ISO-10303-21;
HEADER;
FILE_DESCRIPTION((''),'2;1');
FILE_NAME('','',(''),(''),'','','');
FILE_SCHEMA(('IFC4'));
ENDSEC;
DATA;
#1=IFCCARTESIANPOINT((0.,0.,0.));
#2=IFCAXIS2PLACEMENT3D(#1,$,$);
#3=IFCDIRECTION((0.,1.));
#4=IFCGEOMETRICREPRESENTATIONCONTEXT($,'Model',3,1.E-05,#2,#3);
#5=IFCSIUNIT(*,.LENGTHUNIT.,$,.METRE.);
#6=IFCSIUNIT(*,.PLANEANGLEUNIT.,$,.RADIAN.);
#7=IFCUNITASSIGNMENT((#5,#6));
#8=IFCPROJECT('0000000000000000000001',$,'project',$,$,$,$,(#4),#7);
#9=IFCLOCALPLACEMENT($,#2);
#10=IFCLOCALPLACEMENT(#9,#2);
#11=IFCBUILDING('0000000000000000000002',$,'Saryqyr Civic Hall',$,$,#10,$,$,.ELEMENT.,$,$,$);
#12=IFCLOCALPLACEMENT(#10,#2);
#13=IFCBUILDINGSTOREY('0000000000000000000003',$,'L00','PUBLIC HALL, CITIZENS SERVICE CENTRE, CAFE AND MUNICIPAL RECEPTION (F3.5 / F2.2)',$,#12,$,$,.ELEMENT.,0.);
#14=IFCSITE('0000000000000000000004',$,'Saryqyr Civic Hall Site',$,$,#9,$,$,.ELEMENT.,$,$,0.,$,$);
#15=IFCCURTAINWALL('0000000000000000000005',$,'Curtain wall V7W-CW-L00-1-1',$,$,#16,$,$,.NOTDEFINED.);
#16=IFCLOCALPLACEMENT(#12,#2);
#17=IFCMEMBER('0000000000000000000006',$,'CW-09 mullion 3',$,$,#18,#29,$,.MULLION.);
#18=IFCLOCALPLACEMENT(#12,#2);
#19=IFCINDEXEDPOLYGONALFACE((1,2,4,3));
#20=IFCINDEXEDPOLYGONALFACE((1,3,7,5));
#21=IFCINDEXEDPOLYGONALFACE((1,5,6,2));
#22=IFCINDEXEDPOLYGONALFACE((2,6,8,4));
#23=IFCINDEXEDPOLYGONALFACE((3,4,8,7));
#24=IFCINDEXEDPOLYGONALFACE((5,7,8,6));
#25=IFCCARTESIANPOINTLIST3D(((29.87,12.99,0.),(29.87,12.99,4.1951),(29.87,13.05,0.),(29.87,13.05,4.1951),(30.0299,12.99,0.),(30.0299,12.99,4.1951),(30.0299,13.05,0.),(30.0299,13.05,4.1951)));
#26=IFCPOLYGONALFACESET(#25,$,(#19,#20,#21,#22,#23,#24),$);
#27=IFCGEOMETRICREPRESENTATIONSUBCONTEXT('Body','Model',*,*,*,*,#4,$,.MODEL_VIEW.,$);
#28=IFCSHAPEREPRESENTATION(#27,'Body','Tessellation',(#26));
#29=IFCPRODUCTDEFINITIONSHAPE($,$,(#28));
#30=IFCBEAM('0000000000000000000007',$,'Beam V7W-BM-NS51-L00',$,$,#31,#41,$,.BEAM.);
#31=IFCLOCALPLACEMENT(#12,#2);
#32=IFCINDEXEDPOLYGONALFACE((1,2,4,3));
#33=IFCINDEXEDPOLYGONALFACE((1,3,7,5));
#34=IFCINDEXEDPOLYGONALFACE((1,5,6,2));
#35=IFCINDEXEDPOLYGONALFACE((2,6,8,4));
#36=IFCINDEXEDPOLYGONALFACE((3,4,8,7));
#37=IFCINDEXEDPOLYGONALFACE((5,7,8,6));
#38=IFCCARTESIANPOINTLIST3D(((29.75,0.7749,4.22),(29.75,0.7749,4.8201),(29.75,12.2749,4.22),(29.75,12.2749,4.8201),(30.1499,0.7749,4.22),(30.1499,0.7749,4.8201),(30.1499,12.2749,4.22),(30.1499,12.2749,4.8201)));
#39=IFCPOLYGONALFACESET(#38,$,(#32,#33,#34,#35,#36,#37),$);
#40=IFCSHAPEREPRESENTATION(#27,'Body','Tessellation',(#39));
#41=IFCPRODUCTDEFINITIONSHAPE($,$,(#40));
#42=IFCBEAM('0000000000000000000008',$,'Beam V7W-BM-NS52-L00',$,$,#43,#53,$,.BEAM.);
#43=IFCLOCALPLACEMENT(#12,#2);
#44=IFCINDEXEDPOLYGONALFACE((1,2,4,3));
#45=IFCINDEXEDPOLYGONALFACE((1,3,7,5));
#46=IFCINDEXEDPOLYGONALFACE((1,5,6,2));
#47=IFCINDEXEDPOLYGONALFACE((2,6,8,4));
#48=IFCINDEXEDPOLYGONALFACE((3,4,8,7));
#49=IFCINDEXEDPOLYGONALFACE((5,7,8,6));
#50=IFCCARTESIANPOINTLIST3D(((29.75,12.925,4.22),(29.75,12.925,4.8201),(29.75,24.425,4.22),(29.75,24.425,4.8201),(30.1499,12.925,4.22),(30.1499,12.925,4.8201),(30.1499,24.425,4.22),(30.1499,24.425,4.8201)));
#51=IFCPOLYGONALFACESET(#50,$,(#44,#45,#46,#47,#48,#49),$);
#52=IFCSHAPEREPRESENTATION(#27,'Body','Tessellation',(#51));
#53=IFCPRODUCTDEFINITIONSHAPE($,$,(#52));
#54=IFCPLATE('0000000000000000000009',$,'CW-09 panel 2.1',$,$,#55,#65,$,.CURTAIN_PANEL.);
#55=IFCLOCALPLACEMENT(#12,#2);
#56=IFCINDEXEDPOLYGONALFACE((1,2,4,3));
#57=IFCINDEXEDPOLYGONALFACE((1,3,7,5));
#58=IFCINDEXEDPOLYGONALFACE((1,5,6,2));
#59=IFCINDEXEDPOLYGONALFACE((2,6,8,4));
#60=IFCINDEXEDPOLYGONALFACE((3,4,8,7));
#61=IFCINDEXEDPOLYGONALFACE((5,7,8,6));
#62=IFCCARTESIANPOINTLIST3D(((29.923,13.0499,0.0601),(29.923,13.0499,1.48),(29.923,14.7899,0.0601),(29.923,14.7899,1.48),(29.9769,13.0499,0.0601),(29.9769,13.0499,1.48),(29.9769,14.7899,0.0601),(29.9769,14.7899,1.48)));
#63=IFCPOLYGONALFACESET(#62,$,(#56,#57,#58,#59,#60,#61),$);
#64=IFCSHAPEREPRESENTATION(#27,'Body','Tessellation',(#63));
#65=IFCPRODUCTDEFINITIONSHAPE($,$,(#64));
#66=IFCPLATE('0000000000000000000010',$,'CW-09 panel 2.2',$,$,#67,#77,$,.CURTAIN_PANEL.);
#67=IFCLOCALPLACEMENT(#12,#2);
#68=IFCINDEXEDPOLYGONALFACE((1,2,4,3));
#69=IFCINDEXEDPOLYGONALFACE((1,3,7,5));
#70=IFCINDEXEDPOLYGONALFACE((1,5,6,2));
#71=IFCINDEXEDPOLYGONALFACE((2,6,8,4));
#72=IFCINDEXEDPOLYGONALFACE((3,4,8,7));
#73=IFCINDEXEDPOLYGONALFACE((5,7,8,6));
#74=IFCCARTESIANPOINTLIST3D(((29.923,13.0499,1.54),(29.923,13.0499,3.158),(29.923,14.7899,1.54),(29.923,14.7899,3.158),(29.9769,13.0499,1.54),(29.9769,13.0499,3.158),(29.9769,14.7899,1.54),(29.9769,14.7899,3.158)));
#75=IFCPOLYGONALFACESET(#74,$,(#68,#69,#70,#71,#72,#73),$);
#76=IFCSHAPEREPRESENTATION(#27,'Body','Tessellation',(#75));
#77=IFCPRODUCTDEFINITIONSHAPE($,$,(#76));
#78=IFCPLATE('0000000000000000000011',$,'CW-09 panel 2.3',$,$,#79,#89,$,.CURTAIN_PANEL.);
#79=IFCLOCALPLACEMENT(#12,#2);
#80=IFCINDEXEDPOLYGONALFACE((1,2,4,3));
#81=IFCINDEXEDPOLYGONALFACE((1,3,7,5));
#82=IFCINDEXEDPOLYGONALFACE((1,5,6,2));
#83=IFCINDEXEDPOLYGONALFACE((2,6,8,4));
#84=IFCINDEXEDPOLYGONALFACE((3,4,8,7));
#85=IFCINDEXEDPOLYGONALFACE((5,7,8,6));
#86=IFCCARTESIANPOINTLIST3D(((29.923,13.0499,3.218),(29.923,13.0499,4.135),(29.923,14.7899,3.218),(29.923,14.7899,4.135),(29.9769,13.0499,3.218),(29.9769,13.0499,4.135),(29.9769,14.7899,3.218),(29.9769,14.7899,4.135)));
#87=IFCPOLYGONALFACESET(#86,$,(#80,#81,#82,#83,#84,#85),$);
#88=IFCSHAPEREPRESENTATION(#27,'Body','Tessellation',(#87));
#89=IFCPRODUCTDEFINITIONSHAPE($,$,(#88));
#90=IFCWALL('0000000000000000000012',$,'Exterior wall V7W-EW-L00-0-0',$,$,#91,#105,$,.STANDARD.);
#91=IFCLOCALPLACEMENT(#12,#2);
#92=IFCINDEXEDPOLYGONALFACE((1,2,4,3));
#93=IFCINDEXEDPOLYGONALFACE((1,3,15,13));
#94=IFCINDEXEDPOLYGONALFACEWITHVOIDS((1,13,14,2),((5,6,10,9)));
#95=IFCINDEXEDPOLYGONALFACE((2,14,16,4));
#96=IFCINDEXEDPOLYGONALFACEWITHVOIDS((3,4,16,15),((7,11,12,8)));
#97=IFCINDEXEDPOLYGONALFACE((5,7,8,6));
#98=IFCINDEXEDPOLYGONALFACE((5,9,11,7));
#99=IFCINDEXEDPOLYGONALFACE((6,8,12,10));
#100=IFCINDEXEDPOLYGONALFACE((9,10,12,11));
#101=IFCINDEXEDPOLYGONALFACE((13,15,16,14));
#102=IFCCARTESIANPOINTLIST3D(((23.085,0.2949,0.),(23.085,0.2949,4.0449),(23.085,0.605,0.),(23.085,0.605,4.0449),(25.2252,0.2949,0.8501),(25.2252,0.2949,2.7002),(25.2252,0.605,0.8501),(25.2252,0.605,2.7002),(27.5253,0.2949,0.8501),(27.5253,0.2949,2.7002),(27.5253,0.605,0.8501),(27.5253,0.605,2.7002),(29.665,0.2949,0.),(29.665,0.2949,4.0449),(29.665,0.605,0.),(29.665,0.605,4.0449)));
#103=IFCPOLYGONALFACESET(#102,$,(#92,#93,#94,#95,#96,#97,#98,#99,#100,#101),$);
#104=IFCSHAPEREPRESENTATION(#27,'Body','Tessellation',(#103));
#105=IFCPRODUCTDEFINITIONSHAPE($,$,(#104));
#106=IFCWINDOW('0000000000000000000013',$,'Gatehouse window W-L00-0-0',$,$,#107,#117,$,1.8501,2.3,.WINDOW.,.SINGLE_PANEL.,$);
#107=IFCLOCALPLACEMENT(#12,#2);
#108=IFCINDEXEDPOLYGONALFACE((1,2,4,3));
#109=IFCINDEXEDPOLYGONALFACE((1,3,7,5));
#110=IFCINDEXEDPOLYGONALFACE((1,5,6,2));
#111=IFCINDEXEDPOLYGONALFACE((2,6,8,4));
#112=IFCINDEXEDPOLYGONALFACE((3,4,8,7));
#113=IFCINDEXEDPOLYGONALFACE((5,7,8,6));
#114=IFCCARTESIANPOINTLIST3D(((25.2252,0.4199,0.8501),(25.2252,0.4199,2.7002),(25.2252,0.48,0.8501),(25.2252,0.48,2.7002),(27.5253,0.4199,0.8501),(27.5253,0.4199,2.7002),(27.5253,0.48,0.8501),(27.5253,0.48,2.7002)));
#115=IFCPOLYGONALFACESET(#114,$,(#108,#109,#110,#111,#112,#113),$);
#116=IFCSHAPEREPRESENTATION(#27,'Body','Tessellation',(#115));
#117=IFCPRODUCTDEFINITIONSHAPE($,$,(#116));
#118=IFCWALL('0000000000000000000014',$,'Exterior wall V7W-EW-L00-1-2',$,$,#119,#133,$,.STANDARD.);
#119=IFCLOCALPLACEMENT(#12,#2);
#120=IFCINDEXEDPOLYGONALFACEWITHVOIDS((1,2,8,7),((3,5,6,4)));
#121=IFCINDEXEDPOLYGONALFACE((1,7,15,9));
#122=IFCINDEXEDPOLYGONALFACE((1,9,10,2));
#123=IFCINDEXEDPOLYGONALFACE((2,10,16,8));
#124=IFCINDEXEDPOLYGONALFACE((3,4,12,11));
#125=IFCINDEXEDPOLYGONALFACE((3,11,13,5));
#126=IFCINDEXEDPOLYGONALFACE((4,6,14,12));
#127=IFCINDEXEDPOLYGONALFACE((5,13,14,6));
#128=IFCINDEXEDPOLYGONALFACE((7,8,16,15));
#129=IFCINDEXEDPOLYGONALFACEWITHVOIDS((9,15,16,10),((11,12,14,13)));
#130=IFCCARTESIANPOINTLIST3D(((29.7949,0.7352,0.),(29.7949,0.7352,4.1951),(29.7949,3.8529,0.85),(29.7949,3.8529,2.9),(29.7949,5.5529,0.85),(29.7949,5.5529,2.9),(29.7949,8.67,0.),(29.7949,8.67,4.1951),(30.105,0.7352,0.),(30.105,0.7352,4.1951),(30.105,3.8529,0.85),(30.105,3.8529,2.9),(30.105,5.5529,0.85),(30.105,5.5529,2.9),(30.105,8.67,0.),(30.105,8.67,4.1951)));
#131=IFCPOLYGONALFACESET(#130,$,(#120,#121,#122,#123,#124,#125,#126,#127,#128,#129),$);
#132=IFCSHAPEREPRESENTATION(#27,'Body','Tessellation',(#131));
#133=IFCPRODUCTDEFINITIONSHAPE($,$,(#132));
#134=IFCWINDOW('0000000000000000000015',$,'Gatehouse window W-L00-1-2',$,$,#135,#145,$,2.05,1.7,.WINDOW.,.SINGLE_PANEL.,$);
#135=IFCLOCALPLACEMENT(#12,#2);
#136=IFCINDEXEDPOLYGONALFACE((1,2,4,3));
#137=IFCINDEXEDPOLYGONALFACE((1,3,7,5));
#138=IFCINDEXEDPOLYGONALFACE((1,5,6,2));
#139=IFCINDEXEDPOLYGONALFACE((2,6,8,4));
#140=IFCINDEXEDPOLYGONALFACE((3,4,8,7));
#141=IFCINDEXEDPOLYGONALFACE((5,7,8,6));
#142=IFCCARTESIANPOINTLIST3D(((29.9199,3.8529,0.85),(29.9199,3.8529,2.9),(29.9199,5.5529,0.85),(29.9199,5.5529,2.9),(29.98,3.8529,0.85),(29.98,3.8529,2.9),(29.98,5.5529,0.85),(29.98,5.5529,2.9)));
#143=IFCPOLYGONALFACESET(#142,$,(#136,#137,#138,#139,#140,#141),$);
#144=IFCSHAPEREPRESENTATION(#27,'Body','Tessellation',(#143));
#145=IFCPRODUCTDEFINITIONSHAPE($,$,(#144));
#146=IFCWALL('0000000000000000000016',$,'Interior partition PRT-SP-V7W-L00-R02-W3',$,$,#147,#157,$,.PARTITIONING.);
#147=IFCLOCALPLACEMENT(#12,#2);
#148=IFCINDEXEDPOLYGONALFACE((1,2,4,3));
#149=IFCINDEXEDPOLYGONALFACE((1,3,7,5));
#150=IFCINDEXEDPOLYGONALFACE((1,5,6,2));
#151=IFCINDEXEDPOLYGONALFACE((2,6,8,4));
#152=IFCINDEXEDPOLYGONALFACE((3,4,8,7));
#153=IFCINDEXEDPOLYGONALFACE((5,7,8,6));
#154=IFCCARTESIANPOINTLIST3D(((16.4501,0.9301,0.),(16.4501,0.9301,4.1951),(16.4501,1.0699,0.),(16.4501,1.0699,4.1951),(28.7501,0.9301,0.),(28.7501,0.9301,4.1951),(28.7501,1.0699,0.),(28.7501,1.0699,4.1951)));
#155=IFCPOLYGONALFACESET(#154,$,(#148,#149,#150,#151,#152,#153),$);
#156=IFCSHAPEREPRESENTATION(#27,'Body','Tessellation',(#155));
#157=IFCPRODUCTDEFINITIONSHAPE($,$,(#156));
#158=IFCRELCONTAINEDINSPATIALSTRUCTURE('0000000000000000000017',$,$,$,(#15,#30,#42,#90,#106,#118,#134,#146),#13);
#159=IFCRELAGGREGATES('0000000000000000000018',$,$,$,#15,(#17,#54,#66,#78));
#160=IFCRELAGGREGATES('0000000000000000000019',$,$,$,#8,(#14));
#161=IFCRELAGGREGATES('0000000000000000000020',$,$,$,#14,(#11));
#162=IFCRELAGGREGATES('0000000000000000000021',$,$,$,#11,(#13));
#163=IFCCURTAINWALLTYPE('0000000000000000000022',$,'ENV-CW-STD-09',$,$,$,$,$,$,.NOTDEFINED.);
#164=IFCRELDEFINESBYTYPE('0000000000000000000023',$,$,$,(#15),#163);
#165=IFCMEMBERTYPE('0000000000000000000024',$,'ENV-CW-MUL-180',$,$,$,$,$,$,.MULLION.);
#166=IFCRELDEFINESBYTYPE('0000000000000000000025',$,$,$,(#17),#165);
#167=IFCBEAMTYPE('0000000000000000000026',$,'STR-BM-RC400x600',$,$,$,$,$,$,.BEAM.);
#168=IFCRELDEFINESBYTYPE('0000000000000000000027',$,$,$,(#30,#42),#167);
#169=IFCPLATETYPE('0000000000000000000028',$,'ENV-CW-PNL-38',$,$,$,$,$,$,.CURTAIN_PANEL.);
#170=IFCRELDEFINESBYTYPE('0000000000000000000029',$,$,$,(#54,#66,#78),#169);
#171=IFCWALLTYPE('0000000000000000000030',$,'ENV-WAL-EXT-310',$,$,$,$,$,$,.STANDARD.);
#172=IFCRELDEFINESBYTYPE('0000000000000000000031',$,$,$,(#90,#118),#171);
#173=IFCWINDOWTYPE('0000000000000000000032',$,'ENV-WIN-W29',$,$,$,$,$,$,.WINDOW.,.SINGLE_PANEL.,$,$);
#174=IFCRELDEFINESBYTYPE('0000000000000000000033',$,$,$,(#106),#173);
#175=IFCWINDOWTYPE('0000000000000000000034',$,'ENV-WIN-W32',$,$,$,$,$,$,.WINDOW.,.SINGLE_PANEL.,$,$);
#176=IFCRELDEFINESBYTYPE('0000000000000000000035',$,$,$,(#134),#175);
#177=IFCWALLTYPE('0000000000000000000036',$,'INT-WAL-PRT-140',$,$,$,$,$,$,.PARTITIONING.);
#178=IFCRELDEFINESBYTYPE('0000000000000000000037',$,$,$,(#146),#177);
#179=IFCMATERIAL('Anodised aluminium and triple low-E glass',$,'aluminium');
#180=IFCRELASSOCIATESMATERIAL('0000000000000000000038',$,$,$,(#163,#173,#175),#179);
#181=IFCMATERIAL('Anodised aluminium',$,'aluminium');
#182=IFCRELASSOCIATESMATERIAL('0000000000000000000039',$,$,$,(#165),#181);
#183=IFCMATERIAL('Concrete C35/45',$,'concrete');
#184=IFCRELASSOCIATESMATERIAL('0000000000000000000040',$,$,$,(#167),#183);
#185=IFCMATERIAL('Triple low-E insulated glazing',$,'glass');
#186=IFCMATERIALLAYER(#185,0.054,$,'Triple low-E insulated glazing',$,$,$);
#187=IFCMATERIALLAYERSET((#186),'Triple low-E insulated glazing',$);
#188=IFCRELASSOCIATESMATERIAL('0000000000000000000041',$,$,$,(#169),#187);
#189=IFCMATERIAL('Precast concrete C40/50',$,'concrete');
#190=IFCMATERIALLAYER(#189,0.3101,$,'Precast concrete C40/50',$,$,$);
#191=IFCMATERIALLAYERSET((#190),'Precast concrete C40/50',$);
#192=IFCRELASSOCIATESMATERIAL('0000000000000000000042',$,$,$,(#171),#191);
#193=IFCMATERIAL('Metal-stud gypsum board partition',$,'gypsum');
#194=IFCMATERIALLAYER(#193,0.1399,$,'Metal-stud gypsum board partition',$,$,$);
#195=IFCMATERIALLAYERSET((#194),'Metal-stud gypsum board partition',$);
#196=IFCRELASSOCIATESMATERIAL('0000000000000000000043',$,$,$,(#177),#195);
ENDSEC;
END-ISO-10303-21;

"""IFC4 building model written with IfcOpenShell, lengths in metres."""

from ifc_helpers import new_model, si_unit, direction, frame, frame_2d, origin, origin_2d, place, context, subcontext, project, spatial, rectangle, extrude, material, layer, layer_set, material_profile, profile_set, type_object, element, fill, aggregate, save


model = new_model("IFC4")

# Units and contexts
model_context = context("Model", 3, precision=1e-05, world=origin(), true_north=direction((0.0, 1.0)))
body_context = subcontext(model_context, "Body", "Model", "MODEL_VIEW")
ifc_project = project(units=[si_unit("LENGTHUNIT", "METRE"), si_unit("PLANEANGLEUNIT", "RADIAN")], contexts=[model_context])

# Site, building, storey
site_placement = place(None, origin())
site = spatial("IfcSite", under=ifc_project, at=site_placement, Name="Saryqyr Civic Hall Site", CompositionType="ELEMENT", RefElevation=0.0)
building_placement = place(site_placement, origin())
building = spatial("IfcBuilding", under=site, at=building_placement, Name="Saryqyr Civic Hall", CompositionType="ELEMENT")
storey_placement = place(building_placement, origin())
storey = spatial("IfcBuildingStorey", under=building, at=storey_placement, Name="L00", Description="PUBLIC HALL, CITIZENS SERVICE CENTRE, CAFE AND MUNICIPAL RECEPTION (F3.5 / F2.2)", CompositionType="ELEMENT", Elevation=0.0)

# Curtain wall, member
ifc_material_1 = material(Name="Anodised aluminium and triple low-E glass", Category="aluminium")
curtain_wall_type = type_object("IfcCurtainWallType", Name="ENV-CW-STD-09", PredefinedType="NOTDEFINED", material=ifc_material_1)
curtain_wall_placement = place(storey_placement, origin())
curtain_wall = element("IfcCurtainWall", 1, at=curtain_wall_placement, inside=storey, type_object=curtain_wall_type, Name="Curtain wall V7W-CW-L00-1-1", PredefinedType="NOTDEFINED")
ifc_material_2 = material(Name="Anodised aluminium", Category="aluminium")
ifc_material_profile_1 = material_profile(ifc_material_2, rectangle(XDim=0.0601, YDim=0.1599, at=origin_2d()), Name="ALU MULLION 60x160")
ifc_profile_set_1 = profile_set([ifc_material_profile_1], Name="Anodised aluminium")
member_type = type_object("IfcMemberType", Name="ENV-CW-MUL-180", PredefinedType="MULLION", material=ifc_profile_set_1)
member_placement = place(storey_placement, frame((29.95, 13.02, 0.0), z_axis=(0.0, 0.0, 1.0), x_axis=(0.0, -1.0, 0.0)))
member = element("IfcMember", 2, at=member_placement, type_object=member_type, Name="CW-09 mullion 3", PredefinedType="MULLION", context=body_context, shape_type="SweptSolid", body=[
    extrude(rectangle(XDim=0.0601, YDim=0.1599, at=origin_2d()), origin(), (0.0, 0.0, 1.0), 4.1951),
])

# Beams
ifc_material_3 = material(Name="Concrete C35/45", Category="concrete")
ifc_material_profile_2 = material_profile(ifc_material_3, rectangle(XDim=0.3999, YDim=0.6001, at=origin_2d()), Name="RC 400x600")
ifc_profile_set_2 = profile_set([ifc_material_profile_2], Name="Concrete C35/45")
beam_type = type_object("IfcBeamType", Name="STR-BM-RC400x600", PredefinedType="BEAM", material=ifc_profile_set_2)
for number, where, z_axis, x_axis, name in (
    (3, (29.95, 0.7749, 4.52), (0.0, 1.0, 0.0), (-1.0, 0.0, 0.0), "Beam V7W-BM-NS51-L00"),
    (4, (29.95, 12.925, 4.52), (0.0, 1.0, 0.0), (-1.0, 0.0, 0.0), "Beam V7W-BM-NS52-L00"),
):
    element("IfcBeam", number, at=place(storey_placement, frame(where, z_axis=z_axis, x_axis=x_axis)), inside=storey, type_object=beam_type, Name=name, PredefinedType="BEAM", context=body_context, shape_type="SweptSolid", body=[
        extrude(rectangle(XDim=0.3999, YDim=0.6001, at=origin_2d()), origin(), (0.0, 0.0, 1.0), 11.5),
    ])

# Plates
ifc_material_4 = material(Name="Triple low-E insulated glazing", Category="glass")
ifc_layer_1 = layer(ifc_material_4, 0.054, Name="Triple low-E insulated glazing")
ifc_layer_set_1 = layer_set([ifc_layer_1], Name="Triple low-E insulated glazing")
plate_type = type_object("IfcPlateType", Name="ENV-CW-PNL-38", PredefinedType="CURTAIN_PANEL", material=ifc_layer_set_1)
plate_1_placement = place(storey_placement, frame((29.95, 13.9199, 0.0601), z_axis=(0.0, 0.0, 1.0), x_axis=(0.0, -1.0, 0.0)))
plate_1 = element("IfcPlate", 5, at=plate_1_placement, type_object=plate_type, Name="CW-09 panel 2.1", PredefinedType="CURTAIN_PANEL", context=body_context, shape_type="SweptSolid", body=[
    extrude(rectangle(XDim=1.74, YDim=0.054, at=origin_2d()), origin(), (0.0, 0.0, 1.0), 1.4199),
])
plate_2_placement = place(storey_placement, frame((29.95, 13.9199, 1.54), z_axis=(0.0, 0.0, 1.0), x_axis=(0.0, -1.0, 0.0)))
plate_2 = element("IfcPlate", 6, at=plate_2_placement, type_object=plate_type, Name="CW-09 panel 2.2", PredefinedType="CURTAIN_PANEL", context=body_context, shape_type="SweptSolid", body=[
    extrude(rectangle(XDim=1.74, YDim=0.054, at=origin_2d()), origin(), (0.0, 0.0, 1.0), 1.6179),
])
plate_3_placement = place(storey_placement, frame((29.95, 13.9199, 3.218), z_axis=(0.0, 0.0, 1.0), x_axis=(0.0, -1.0, 0.0)))
plate_3 = element("IfcPlate", 7, at=plate_3_placement, type_object=plate_type, Name="CW-09 panel 2.3", PredefinedType="CURTAIN_PANEL", context=body_context, shape_type="SweptSolid", body=[
    extrude(rectangle(XDim=1.74, YDim=0.054, at=origin_2d()), origin(), (0.0, 0.0, 1.0), 0.917),
])
aggregate(curtain_wall, [member, plate_1, plate_2, plate_3])

# Walls, openings, windows
ifc_material_5 = material(Name="Precast concrete C40/50", Category="concrete")
ifc_layer_2 = layer(ifc_material_5, 0.3101, Name="Precast concrete C40/50")
ifc_layer_set_2 = layer_set([ifc_layer_2], Name="Precast concrete C40/50")
wall_type_1 = type_object("IfcWallType", Name="ENV-WAL-EXT-310", PredefinedType="STANDARD", material=ifc_layer_set_2)
wall_1_placement = place(storey_placement, frame((29.665, 0.45, 0.0), z_axis=(0.0, 0.0, 1.0), x_axis=(-1.0, 0.0, 0.0)))
wall_1 = element("IfcWall", 8, at=wall_1_placement, inside=storey, type_object=wall_type_1, Name="Exterior wall V7W-EW-L00-0-0", PredefinedType="STANDARD", context=body_context, shape_type="SweptSolid", body=[
    extrude(rectangle(XDim=6.5801, YDim=0.3101, at=frame_2d((3.29, 0.0))), origin(), (0.0, 0.0, 1.0), 4.0449),
])
opening_1_placement = place(wall_1_placement, frame((2.1399, 0.0, 0.8501)))
opening_1 = element("IfcOpeningElement", 9, at=opening_1_placement, cuts=wall_1, PredefinedType="OPENING", context=body_context, shape_type="SweptSolid", body=[
    extrude(rectangle(XDim=2.3, YDim=1.8501, at=frame_2d((1.1499, 0.925))), frame((0.0, 0.165, 0.0), z_axis=(0.0, -1.0, 0.0), x_axis=(1.0, 0.0, 0.0)), (0.0, 0.0, 1.0), 0.3301),
])
window_type_1 = type_object("IfcWindowType", Name="ENV-WIN-W29", PartitioningType="SINGLE_PANEL", PredefinedType="WINDOW", material=ifc_material_1)
window_1_placement = place(opening_1_placement, origin())
window_1 = element("IfcWindow", 10, at=window_1_placement, inside=storey, type_object=window_type_1, Name="Gatehouse window W-L00-0-0", OverallHeight=1.8501, OverallWidth=2.3, PartitioningType="SINGLE_PANEL", PredefinedType="WINDOW", context=body_context, shape_type="SweptSolid", body=[
    extrude(rectangle(XDim=2.3, YDim=1.8501, at=frame_2d((1.1499, 0.925))), frame((0.0, 0.03, 0.0), z_axis=(0.0, -1.0, 0.0), x_axis=(1.0, 0.0, 0.0)), (0.0, 0.0, 1.0), 0.0601),
])
fill(opening_1, window_1)
wall_2_placement = place(storey_placement, frame((29.95, 8.6699, 0.0), z_axis=(0.0, 0.0, 1.0), x_axis=(0.0, -1.0, 0.0)))
wall_2 = element("IfcWall", 11, at=wall_2_placement, inside=storey, type_object=wall_type_1, Name="Exterior wall V7W-EW-L00-1-2", PredefinedType="STANDARD", context=body_context, shape_type="SweptSolid", body=[
    extrude(rectangle(XDim=7.9348, YDim=0.3101, at=frame_2d((3.9673, 0.0))), origin(), (0.0, 0.0, 1.0), 4.1951),
])
opening_2_placement = place(wall_2_placement, frame((3.1169, 0.0, 0.8501)))
opening_2 = element("IfcOpeningElement", 12, at=opening_2_placement, cuts=wall_2, PredefinedType="OPENING", context=body_context, shape_type="SweptSolid", body=[
    extrude(rectangle(XDim=1.7, YDim=2.05, at=frame_2d((0.8501, 1.0249))), frame((0.0, 0.165, 0.0), z_axis=(0.0, -1.0, 0.0), x_axis=(1.0, 0.0, 0.0)), (0.0, 0.0, 1.0), 0.3301),
])
window_type_2 = type_object("IfcWindowType", Name="ENV-WIN-W32", PartitioningType="SINGLE_PANEL", PredefinedType="WINDOW", material=ifc_material_1)
window_2_placement = place(opening_2_placement, origin())
window_2 = element("IfcWindow", 13, at=window_2_placement, inside=storey, type_object=window_type_2, Name="Gatehouse window W-L00-1-2", OverallHeight=2.05, OverallWidth=1.7, PartitioningType="SINGLE_PANEL", PredefinedType="WINDOW", context=body_context, shape_type="SweptSolid", body=[
    extrude(rectangle(XDim=1.7, YDim=2.05, at=frame_2d((0.8501, 1.0249))), frame((0.0, 0.03, 0.0), z_axis=(0.0, -1.0, 0.0), x_axis=(1.0, 0.0, 0.0)), (0.0, 0.0, 1.0), 0.0601),
])
fill(opening_2, window_2)

# Wall
ifc_material_6 = material(Name="Metal-stud gypsum board partition", Category="gypsum")
ifc_layer_3 = layer(ifc_material_6, 0.1399, Name="Metal-stud gypsum board partition")
ifc_layer_set_3 = layer_set([ifc_layer_3], Name="Metal-stud gypsum board partition")
wall_type_2 = type_object("IfcWallType", Name="INT-WAL-PRT-140", PredefinedType="PARTITIONING", material=ifc_layer_set_3)
wall_3_placement = place(storey_placement, frame((28.75, 1.0, 0.0), z_axis=(0.0, 0.0, 1.0), x_axis=(-1.0, 0.0, 0.0)))
element("IfcWall", 14, at=wall_3_placement, inside=storey, type_object=wall_type_2, Name="Interior partition PRT-SP-V7W-L00-R02-W3", PredefinedType="PARTITIONING", context=body_context, shape_type="SweptSolid", body=[
    extrude(rectangle(XDim=12.3, YDim=0.1399, at=frame_2d((6.1499, 0.0))), origin(), (0.0, 0.0, 1.0), 4.1951),
])

save(model, "model.ifc")
